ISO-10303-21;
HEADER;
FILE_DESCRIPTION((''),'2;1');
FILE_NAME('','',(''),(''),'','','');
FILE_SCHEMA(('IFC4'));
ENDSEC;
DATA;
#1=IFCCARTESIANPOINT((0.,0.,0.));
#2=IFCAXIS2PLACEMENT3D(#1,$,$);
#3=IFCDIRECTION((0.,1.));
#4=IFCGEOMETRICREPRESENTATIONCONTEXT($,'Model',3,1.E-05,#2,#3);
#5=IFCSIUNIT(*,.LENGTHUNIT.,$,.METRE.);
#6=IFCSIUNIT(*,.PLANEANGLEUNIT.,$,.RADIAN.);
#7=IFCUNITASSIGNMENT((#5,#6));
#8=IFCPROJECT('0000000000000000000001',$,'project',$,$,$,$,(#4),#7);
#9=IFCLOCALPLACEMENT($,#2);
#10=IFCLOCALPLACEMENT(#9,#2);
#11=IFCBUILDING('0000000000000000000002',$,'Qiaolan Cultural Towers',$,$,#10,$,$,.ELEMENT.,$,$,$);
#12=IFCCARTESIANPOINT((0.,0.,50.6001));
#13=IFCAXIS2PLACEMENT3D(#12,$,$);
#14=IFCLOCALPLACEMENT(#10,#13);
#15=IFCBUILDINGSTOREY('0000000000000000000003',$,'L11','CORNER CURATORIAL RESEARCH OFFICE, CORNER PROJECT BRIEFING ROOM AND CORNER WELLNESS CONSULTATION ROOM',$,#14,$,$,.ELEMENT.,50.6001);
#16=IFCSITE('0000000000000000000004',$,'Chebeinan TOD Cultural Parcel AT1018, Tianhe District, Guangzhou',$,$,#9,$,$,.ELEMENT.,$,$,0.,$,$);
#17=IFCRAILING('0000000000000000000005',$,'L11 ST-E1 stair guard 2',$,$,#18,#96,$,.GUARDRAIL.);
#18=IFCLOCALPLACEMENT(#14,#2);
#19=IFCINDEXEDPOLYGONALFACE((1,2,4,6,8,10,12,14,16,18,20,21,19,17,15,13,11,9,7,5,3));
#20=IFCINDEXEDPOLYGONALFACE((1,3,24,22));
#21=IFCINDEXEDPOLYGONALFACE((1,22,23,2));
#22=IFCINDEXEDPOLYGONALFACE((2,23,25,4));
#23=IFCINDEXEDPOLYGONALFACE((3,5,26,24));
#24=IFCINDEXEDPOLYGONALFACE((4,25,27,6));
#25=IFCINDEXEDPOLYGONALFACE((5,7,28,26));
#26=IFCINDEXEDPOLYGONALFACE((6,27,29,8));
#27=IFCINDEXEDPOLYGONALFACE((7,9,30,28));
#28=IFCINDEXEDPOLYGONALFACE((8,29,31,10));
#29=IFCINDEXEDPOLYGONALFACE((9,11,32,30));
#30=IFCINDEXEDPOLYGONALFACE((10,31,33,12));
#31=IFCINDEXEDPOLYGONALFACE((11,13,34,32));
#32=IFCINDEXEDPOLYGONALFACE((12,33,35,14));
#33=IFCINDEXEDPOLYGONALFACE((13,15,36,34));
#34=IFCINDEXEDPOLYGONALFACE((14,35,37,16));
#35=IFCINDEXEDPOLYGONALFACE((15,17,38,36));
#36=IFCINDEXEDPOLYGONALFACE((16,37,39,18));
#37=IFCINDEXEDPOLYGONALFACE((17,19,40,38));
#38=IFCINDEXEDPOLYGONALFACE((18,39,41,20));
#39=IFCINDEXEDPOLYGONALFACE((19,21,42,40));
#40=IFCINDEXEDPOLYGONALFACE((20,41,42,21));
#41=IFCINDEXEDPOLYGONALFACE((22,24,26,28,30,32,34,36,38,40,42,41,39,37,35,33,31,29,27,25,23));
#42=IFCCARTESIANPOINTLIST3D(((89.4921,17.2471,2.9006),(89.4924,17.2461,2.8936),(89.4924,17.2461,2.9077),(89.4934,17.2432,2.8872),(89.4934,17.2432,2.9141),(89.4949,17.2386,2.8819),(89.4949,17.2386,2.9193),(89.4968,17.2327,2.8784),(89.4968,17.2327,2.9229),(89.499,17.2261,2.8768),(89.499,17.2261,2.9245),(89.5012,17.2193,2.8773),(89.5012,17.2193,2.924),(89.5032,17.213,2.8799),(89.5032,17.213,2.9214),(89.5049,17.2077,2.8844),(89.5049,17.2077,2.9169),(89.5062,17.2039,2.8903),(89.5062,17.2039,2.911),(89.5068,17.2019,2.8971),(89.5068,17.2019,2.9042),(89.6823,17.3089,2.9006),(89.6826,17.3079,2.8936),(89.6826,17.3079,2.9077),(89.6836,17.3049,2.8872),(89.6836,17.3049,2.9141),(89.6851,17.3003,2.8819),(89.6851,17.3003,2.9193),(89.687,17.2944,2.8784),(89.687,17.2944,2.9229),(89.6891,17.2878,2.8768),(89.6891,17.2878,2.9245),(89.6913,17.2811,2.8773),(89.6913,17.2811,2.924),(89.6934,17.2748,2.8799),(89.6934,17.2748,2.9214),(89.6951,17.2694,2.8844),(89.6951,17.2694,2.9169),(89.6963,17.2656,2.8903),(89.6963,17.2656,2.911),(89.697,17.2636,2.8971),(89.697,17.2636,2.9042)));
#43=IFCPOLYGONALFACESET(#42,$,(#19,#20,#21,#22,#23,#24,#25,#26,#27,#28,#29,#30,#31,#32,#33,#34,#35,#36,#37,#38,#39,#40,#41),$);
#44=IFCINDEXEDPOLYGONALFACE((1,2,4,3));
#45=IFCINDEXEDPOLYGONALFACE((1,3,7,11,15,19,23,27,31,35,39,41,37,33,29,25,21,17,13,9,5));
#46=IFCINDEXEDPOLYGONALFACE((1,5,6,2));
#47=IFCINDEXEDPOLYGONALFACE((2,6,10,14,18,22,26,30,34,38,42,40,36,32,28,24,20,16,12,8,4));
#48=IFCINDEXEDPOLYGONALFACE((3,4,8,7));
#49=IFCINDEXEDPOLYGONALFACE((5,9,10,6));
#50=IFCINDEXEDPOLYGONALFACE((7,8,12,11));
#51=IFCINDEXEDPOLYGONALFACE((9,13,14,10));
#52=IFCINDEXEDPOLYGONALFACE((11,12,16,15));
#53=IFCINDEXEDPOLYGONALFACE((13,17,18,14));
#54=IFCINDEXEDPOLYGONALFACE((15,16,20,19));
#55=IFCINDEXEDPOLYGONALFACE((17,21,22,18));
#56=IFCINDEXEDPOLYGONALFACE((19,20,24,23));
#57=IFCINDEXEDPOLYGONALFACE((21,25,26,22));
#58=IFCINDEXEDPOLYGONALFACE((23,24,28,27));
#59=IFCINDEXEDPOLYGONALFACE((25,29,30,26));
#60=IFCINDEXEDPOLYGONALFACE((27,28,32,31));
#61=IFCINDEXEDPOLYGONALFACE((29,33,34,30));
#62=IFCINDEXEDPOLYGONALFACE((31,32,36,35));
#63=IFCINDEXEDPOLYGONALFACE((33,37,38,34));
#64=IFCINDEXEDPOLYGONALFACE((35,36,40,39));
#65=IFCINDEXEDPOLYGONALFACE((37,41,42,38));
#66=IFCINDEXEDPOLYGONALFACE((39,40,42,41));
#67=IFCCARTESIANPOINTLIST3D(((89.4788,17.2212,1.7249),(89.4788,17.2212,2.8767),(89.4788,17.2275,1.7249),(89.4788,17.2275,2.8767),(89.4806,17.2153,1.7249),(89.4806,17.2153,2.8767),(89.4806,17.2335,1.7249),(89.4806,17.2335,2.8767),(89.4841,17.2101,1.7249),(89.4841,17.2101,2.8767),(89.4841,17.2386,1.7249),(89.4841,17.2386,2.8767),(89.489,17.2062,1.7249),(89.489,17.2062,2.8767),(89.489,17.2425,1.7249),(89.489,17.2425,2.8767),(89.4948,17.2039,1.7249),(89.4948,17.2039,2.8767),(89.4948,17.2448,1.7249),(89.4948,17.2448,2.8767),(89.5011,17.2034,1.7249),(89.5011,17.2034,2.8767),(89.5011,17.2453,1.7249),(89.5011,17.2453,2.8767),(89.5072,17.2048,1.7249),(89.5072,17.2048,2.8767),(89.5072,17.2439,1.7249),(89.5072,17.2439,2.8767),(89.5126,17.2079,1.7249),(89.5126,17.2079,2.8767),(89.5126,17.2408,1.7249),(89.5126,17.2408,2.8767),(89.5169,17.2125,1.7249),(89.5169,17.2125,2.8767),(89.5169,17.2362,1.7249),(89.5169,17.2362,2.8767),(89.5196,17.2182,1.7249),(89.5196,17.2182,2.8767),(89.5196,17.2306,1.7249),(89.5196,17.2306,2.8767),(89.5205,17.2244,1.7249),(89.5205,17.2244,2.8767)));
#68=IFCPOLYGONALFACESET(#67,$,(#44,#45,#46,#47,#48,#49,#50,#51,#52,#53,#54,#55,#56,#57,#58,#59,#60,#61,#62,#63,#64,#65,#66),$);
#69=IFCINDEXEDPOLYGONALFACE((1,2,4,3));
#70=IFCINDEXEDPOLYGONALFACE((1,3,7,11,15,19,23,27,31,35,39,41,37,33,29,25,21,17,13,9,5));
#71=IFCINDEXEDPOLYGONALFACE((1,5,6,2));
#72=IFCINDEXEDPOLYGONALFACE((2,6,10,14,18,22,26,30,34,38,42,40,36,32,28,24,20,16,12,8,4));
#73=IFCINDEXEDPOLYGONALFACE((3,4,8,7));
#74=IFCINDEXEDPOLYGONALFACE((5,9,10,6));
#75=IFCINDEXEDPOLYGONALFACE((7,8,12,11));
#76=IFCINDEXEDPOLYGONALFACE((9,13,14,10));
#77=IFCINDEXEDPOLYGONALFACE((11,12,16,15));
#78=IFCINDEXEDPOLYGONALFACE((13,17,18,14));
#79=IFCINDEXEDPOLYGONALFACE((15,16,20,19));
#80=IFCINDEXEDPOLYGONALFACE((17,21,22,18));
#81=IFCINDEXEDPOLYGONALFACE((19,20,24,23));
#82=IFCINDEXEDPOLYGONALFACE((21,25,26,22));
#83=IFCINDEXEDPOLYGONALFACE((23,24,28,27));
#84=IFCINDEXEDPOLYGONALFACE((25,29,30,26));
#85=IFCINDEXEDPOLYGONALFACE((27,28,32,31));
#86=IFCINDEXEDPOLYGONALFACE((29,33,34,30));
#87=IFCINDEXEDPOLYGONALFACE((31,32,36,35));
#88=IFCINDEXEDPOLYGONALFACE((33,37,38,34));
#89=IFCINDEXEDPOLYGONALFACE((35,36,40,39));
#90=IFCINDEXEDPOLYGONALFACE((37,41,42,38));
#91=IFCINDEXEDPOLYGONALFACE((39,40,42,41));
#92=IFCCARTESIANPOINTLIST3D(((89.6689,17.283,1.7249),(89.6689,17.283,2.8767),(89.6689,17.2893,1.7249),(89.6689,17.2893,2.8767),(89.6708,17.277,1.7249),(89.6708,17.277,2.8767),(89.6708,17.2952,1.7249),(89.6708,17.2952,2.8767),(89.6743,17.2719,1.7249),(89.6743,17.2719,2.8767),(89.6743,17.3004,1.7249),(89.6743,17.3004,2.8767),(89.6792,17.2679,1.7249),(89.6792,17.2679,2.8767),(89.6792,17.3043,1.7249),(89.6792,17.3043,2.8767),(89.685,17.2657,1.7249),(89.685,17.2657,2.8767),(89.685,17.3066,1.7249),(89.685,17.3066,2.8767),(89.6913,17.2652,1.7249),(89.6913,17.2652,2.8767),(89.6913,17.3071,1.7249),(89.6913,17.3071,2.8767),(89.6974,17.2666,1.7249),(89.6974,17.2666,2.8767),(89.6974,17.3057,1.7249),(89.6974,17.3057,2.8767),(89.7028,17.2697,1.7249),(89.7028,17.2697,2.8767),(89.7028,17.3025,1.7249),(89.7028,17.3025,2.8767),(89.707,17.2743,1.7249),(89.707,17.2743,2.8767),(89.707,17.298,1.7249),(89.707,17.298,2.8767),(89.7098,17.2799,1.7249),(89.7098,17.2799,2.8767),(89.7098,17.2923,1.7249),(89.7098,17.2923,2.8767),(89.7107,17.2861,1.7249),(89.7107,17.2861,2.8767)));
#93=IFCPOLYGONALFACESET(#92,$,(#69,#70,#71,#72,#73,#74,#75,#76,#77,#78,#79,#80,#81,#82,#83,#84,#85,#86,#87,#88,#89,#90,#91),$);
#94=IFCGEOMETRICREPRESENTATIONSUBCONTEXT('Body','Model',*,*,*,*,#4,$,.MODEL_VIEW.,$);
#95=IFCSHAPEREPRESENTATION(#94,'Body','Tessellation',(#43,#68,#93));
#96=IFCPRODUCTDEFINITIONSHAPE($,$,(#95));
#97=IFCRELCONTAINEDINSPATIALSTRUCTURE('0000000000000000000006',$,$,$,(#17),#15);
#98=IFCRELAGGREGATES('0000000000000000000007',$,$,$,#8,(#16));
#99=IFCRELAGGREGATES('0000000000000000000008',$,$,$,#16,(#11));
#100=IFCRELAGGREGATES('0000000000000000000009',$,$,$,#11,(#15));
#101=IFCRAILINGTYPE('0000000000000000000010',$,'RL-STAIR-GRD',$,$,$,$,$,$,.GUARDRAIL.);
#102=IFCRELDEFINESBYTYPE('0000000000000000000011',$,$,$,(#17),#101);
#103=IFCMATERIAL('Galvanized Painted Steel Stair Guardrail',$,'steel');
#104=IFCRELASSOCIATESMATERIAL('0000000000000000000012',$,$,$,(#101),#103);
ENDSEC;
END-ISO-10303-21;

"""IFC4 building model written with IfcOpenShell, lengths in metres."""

from ifc_helpers import new_model, si_unit, direction, frame, origin, origin_2d, place, context, subcontext, project, spatial, circle, extrude, material, type_object, element, save


model = new_model("IFC4")

# Units and contexts
model_context = context("Model", 3, precision=1e-05, world=origin(), true_north=direction((0.0, 1.0)))
body_context = subcontext(model_context, "Body", "Model", "MODEL_VIEW")
ifc_project = project(units=[si_unit("LENGTHUNIT", "METRE"), si_unit("PLANEANGLEUNIT", "RADIAN")], contexts=[model_context])

# Site, building, storey
site_placement = place(None, origin())
site = spatial("IfcSite", under=ifc_project, at=site_placement, Name="Chebeinan TOD Cultural Parcel AT1018, Tianhe District, Guangzhou", CompositionType="ELEMENT", RefElevation=0.0)
building_placement = place(site_placement, origin())
building = spatial("IfcBuilding", under=site, at=building_placement, Name="Qiaolan Cultural Towers", CompositionType="ELEMENT")
storey_placement = place(building_placement, frame((0.0, 0.0, 50.6001)))
storey = spatial("IfcBuildingStorey", under=building, at=storey_placement, Name="L11", Description="CORNER CURATORIAL RESEARCH OFFICE, CORNER PROJECT BRIEFING ROOM AND CORNER WELLNESS CONSULTATION ROOM", CompositionType="ELEMENT", Elevation=50.6001)

# Railing
ifc_material_1 = material(Name="Galvanized Painted Steel Stair Guardrail", Category="steel")
railing_type_1 = type_object("IfcRailingType", Name="RL-STAIR-GRD", PredefinedType="GUARDRAIL", material=ifc_material_1)
railing_1_placement = place(storey_placement, frame((89.4995, 17.2244, 1.7249)))
element("IfcRailing", 1, at=railing_1_placement, inside=storey, type_object=railing_type_1, Name="L11 ST-E1 stair guard 2", PredefinedType="GUARDRAIL", context=body_context, shape_type="SweptSolid", body=[
    extrude(circle(Radius=0.0239, at=origin_2d()), frame((0.0, 0.0, 1.1758), z_axis=(0.951097, 0.308893, 0.0), x_axis=(-0.308893, 0.951097, 0.0)), (0.0, 0.0, 1.0), 0.2),
    extrude(circle(Radius=0.021, at=origin_2d()), origin(), (0.0, 0.0, 1.0), 1.1519),
    extrude(circle(Radius=0.021, at=origin_2d()), frame((0.1902, 0.0618, 0.0)), (0.0, 0.0, 1.0), 1.1519),
])

save(model, "model.ifc")
